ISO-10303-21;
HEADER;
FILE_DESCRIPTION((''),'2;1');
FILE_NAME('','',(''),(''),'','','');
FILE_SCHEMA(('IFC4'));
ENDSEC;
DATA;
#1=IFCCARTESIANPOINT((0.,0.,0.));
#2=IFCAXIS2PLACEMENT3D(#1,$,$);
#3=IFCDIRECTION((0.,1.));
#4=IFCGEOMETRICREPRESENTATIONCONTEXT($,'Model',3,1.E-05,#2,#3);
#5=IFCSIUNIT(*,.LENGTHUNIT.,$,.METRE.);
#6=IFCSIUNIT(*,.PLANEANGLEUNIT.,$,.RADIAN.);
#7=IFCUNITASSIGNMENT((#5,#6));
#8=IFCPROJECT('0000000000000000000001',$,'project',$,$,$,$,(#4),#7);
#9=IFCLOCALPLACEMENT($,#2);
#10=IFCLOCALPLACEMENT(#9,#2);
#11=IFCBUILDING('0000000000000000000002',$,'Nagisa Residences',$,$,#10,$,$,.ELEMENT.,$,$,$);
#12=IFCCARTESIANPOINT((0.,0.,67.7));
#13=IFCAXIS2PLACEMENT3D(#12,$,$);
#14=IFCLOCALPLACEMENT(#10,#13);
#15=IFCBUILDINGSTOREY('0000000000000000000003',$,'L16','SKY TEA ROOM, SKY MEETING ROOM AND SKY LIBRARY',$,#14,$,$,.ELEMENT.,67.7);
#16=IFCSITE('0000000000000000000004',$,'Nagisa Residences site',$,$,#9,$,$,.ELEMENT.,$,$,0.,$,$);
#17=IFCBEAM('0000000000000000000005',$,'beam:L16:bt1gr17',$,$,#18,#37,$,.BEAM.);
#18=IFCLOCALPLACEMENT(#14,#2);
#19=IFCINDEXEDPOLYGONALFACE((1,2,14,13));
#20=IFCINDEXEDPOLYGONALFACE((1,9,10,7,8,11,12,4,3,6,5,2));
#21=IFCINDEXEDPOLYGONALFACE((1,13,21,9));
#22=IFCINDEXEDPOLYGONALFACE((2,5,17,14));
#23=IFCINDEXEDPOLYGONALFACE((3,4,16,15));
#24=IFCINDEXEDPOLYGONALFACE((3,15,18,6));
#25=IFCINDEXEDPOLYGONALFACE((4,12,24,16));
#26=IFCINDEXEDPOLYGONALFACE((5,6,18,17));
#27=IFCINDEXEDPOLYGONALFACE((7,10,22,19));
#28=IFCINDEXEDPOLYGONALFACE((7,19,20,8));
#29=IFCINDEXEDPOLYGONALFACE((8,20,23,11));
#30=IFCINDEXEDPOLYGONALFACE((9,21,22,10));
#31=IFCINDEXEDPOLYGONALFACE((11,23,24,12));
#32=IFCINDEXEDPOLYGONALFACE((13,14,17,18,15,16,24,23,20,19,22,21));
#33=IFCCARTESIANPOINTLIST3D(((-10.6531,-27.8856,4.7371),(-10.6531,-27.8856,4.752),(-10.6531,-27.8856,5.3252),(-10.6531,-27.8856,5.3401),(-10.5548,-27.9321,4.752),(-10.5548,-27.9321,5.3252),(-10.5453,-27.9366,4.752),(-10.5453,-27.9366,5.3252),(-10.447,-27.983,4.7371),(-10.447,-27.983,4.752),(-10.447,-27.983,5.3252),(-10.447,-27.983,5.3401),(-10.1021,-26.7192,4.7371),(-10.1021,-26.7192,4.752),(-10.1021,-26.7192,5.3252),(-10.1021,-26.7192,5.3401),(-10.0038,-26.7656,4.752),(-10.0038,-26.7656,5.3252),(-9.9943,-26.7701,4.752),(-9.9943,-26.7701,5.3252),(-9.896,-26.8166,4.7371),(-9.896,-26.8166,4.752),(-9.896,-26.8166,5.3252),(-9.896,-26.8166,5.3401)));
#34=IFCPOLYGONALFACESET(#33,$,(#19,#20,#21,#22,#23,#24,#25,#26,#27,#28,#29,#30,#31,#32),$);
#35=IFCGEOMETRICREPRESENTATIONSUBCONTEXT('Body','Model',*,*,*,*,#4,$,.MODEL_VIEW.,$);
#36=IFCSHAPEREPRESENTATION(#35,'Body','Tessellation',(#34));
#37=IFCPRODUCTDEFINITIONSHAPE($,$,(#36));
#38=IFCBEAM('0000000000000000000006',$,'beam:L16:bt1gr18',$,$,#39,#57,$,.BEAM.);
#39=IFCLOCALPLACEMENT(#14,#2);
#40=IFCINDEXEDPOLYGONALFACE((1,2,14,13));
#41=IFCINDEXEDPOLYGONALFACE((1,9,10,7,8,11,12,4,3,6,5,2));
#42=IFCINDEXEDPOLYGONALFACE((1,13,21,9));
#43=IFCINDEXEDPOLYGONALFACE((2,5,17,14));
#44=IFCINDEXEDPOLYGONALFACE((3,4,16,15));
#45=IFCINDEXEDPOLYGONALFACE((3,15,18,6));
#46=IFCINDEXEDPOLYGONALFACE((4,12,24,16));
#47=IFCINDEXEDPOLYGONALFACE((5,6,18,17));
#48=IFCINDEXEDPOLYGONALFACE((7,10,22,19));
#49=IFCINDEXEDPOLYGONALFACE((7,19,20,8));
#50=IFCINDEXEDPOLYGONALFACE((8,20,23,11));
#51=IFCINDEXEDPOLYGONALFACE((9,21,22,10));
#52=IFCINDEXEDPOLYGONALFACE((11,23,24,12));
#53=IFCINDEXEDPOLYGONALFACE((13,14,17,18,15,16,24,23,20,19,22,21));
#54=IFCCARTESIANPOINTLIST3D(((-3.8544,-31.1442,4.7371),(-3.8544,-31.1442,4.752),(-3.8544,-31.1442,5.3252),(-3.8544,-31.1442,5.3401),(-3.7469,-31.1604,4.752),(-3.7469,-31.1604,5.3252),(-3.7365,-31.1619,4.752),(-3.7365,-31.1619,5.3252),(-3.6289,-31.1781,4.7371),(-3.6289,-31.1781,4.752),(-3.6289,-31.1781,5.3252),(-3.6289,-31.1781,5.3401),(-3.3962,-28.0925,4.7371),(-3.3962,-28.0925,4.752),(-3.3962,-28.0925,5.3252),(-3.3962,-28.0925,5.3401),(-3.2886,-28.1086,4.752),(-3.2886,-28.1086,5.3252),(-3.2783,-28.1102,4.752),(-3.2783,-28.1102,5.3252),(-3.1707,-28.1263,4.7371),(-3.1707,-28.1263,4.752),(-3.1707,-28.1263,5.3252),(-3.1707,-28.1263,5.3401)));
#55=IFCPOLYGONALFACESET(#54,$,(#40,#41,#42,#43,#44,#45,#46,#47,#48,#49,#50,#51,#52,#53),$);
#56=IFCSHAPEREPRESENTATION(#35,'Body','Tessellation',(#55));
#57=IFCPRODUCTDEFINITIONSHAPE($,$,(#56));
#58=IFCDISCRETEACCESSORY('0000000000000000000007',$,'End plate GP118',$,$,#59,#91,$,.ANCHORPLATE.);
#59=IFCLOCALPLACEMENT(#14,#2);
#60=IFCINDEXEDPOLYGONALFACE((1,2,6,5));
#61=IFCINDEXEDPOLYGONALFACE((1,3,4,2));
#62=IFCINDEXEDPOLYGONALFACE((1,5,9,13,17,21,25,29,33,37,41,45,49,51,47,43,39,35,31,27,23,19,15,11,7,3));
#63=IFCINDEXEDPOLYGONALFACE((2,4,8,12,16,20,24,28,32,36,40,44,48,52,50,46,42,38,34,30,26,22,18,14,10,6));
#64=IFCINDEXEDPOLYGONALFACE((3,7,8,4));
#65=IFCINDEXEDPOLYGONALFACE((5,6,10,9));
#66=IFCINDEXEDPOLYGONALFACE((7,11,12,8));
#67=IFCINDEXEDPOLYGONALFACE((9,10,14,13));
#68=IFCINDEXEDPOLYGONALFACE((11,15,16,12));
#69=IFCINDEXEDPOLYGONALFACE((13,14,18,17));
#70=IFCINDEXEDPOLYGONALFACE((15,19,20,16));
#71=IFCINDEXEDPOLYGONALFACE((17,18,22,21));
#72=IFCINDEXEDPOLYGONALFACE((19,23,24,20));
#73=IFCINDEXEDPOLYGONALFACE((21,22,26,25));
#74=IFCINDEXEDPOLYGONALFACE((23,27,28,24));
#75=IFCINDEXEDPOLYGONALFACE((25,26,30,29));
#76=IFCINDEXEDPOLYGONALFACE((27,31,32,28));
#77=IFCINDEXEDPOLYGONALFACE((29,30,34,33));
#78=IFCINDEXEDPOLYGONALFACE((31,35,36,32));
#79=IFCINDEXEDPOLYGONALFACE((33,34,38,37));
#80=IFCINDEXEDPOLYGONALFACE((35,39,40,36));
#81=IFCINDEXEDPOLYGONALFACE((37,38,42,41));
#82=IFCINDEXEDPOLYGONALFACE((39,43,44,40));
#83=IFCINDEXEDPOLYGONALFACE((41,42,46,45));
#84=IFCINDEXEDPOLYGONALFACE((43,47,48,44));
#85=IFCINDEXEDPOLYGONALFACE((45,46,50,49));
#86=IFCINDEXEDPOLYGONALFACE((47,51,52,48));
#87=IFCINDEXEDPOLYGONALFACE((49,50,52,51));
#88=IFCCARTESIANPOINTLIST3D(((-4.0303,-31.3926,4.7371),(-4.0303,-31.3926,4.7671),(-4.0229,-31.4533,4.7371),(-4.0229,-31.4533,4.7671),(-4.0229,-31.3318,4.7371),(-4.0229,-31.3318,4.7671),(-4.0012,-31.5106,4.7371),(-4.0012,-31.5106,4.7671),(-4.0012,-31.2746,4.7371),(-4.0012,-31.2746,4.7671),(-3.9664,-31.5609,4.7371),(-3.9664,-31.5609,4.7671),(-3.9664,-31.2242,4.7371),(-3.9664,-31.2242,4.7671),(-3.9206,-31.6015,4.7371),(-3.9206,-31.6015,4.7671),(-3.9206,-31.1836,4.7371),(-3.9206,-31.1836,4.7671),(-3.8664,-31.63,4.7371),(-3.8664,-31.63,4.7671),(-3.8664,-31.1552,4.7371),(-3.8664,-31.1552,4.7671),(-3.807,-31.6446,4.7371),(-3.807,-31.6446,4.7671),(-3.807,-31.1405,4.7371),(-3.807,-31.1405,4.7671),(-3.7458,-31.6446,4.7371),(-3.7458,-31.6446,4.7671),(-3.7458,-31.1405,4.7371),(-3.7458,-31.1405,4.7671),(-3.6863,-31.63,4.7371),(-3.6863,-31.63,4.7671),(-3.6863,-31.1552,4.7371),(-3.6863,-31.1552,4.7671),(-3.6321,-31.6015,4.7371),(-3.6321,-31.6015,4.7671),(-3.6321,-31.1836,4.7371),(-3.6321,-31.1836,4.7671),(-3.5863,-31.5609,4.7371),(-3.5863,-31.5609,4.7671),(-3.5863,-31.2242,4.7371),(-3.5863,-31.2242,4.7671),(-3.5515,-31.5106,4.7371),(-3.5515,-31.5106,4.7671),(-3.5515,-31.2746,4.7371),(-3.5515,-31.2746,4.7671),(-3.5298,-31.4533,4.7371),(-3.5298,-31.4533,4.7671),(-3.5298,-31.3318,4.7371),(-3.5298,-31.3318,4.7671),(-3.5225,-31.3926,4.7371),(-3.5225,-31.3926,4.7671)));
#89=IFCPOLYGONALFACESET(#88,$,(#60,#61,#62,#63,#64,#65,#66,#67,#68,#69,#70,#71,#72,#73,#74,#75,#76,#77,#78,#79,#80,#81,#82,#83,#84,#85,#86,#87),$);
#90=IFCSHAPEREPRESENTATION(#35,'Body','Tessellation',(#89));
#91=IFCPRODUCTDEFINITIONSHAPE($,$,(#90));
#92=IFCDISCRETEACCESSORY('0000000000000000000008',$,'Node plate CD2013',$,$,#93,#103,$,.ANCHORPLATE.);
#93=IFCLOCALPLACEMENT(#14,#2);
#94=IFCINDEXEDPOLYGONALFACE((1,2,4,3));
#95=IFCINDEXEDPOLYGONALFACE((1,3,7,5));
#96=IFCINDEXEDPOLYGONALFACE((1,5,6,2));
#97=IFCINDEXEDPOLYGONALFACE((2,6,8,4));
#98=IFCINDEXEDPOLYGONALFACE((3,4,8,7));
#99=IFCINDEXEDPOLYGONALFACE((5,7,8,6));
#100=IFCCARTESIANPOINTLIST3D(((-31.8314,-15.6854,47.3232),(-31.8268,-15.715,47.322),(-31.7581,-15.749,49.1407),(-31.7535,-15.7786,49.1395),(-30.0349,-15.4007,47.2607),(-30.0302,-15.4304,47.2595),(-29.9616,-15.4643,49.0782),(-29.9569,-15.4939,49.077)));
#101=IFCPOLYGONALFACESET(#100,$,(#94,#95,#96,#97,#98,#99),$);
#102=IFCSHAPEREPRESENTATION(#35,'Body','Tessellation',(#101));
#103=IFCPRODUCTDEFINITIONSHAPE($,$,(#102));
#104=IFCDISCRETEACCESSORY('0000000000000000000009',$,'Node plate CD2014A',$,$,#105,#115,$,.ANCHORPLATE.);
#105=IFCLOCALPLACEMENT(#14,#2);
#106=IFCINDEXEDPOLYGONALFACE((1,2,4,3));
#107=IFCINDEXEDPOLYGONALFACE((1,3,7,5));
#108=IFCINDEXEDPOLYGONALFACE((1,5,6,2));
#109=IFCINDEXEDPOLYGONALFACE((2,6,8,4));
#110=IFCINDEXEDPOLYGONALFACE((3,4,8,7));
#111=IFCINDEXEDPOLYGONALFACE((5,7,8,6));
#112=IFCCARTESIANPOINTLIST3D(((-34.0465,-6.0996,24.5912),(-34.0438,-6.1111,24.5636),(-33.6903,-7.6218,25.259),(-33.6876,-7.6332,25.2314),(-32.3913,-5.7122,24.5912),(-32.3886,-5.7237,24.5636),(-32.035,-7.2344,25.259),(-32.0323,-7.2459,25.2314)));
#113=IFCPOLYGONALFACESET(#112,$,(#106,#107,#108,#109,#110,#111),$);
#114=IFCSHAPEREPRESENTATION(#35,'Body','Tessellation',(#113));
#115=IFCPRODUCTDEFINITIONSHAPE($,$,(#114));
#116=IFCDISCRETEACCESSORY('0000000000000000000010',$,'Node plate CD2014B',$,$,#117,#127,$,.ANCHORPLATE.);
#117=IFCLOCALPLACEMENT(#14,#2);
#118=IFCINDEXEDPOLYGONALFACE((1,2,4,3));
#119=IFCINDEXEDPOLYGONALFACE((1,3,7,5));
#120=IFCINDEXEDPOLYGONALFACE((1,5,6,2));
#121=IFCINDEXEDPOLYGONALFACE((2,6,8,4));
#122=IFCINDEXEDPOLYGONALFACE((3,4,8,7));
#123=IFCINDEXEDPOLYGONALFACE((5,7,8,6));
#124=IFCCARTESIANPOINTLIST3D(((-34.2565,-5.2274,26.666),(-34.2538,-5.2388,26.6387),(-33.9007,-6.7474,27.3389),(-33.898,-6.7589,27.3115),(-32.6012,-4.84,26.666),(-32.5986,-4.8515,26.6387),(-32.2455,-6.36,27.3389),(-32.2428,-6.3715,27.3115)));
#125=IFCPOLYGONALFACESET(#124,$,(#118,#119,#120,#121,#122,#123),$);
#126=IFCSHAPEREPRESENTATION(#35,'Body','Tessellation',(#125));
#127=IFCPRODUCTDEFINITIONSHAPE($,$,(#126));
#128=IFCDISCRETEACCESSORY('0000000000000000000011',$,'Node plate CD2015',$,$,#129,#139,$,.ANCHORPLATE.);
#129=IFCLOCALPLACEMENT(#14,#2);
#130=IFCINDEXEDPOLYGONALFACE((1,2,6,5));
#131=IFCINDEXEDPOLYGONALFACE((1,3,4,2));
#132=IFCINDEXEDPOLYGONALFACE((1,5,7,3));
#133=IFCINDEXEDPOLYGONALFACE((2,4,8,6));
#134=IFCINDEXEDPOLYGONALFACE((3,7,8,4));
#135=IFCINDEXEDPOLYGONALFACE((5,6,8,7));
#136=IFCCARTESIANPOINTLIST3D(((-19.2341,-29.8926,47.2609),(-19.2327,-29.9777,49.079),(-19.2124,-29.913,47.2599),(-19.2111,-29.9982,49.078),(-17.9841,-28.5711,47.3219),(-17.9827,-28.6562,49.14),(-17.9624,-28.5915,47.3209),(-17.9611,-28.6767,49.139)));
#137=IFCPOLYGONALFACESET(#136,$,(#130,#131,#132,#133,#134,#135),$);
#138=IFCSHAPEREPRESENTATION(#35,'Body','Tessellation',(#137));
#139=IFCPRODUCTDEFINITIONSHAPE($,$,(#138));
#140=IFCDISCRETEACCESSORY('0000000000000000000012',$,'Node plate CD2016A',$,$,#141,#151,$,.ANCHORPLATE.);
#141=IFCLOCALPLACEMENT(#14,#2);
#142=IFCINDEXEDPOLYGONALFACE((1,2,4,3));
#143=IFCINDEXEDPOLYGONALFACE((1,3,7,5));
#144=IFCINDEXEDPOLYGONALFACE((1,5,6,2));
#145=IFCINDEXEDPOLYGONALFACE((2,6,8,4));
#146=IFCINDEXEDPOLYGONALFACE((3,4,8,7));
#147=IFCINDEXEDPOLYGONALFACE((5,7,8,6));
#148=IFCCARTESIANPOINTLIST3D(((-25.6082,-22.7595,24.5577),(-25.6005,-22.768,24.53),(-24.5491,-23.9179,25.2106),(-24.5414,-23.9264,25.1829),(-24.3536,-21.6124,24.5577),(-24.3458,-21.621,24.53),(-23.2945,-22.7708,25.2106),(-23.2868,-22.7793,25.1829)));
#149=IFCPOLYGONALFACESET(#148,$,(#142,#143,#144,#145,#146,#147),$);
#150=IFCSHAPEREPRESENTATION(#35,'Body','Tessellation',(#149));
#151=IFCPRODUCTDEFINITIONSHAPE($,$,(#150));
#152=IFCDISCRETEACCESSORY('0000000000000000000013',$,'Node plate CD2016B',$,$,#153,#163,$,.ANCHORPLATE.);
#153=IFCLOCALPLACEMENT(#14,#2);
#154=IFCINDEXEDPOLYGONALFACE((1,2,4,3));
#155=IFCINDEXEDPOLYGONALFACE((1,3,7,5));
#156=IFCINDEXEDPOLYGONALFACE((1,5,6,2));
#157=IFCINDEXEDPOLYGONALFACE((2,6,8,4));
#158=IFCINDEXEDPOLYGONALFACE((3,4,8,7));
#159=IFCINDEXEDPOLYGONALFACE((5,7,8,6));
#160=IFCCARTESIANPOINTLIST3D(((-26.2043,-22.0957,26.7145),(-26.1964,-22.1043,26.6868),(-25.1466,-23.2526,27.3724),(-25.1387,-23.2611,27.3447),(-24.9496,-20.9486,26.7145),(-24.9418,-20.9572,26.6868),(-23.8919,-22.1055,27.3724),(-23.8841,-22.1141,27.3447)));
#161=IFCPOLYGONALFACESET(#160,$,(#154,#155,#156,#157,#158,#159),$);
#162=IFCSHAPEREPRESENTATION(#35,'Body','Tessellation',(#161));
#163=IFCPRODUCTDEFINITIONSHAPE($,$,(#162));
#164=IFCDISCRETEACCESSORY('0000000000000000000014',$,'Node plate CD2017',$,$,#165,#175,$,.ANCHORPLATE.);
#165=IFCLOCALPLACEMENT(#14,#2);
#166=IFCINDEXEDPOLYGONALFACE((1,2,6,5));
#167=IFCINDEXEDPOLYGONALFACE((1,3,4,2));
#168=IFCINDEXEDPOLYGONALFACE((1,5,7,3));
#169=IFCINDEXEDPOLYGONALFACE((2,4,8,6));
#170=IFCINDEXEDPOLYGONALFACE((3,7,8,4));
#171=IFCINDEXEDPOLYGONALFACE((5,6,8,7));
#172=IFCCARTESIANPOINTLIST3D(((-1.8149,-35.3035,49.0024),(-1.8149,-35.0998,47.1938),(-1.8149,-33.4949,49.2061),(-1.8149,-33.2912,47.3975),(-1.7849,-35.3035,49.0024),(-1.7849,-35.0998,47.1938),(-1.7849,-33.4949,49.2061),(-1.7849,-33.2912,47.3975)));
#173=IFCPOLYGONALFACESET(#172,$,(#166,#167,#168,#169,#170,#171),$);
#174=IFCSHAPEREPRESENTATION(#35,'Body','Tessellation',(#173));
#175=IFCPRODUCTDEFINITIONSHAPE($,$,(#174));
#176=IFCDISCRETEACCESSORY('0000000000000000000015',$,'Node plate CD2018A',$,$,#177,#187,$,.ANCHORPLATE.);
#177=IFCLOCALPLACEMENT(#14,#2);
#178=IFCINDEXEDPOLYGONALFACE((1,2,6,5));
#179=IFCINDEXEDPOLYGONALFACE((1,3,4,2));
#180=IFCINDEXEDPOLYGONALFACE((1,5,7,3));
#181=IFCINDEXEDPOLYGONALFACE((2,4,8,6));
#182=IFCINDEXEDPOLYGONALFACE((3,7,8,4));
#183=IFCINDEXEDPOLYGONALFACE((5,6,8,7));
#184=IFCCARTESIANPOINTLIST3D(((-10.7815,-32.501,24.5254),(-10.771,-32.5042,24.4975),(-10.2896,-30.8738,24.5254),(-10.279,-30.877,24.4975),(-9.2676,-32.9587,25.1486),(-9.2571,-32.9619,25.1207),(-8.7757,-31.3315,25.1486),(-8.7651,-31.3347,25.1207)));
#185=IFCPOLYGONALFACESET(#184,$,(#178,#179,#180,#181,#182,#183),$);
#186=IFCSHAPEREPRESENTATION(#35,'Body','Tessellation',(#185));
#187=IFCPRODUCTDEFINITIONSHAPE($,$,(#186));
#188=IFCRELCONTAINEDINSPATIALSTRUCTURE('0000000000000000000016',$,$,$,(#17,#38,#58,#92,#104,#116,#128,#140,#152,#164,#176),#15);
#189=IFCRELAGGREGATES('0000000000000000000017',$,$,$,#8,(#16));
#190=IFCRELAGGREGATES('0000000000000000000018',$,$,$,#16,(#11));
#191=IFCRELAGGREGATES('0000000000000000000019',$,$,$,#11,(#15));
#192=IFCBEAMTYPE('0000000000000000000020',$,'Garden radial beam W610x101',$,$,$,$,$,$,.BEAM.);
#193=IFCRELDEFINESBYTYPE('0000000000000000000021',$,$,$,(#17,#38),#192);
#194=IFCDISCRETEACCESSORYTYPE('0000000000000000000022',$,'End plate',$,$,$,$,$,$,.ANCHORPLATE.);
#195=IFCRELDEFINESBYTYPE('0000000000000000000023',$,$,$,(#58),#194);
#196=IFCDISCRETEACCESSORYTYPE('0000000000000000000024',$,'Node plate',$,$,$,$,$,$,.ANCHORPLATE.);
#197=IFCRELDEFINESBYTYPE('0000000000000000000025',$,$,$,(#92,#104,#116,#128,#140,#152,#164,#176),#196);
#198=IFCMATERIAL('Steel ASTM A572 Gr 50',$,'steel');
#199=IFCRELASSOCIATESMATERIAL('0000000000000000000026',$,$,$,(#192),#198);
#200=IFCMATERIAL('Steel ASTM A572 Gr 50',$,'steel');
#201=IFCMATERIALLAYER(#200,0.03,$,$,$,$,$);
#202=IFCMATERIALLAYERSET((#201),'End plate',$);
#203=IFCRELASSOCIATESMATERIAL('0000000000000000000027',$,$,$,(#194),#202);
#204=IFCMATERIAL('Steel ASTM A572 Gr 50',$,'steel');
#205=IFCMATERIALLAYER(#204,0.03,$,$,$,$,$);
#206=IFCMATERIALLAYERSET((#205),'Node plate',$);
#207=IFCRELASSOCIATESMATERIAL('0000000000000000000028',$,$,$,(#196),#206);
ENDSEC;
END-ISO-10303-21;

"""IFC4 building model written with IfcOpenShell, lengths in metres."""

from ifc_helpers import new_model, si_unit, direction, frame, origin, origin_2d, place, context, subcontext, project, spatial, rectangle, circle, i_section, extrude, material, layer, layer_set, material_profile, profile_set, type_object, element, save


model = new_model("IFC4")

# Units and contexts
model_context = context("Model", 3, precision=1e-05, world=origin(), true_north=direction((0.0, 1.0)))
body_context = subcontext(model_context, "Body", "Model", "MODEL_VIEW")
ifc_project = project(units=[si_unit("LENGTHUNIT", "METRE"), si_unit("PLANEANGLEUNIT", "RADIAN")], contexts=[model_context])

# Site, building, storey
site_placement = place(None, origin())
site = spatial("IfcSite", under=ifc_project, at=site_placement, Name="Nagisa Residences site", CompositionType="ELEMENT", RefElevation=0.0)
building_placement = place(site_placement, origin())
building = spatial("IfcBuilding", under=site, at=building_placement, Name="Nagisa Residences", CompositionType="ELEMENT")
storey_placement = place(building_placement, frame((0.0, 0.0, 67.7)))
storey = spatial("IfcBuildingStorey", under=building, at=storey_placement, Name="L16", Description="SKY TEA ROOM, SKY MEETING ROOM AND SKY LIBRARY", CompositionType="ELEMENT", Elevation=67.7)

# Beams
ifc_material_1 = material(Name="Steel ASTM A572 Gr 50", Category="steel")
ifc_material_profile_1 = material_profile(ifc_material_1, i_section(OverallWidth=0.228, OverallDepth=0.603, WebThickness=0.0105, FlangeThickness=0.0149, at=origin_2d()), Name="W610x101")
ifc_profile_set_1 = profile_set([ifc_material_profile_1], Name="Steel ASTM A572 Gr 50")
beam_type_1 = type_object("IfcBeamType", Name="Garden radial beam W610x101", PredefinedType="BEAM", material=ifc_profile_set_1)
beam_1_placement = place(storey_placement, frame((-10.55, -27.9343, 5.0386), z_axis=(0.427118, 0.904196, 0.0), x_axis=(-0.904196, 0.427118, 0.0)))
element("IfcBeam", 1, at=beam_1_placement, inside=storey, type_object=beam_type_1, Name="beam:L16:bt1gr17", PredefinedType="BEAM", context=body_context, shape_type="SweptSolid", body=[
    extrude(i_section(OverallWidth=0.228, OverallDepth=0.603, WebThickness=0.0105, FlangeThickness=0.0149, at=origin_2d()), origin(), (0.0, 0.0, 1.0), 1.29),
])
beam_2_placement = place(storey_placement, frame((-3.7417, -31.1611, 5.0386), z_axis=(0.148495, 0.988913, 0.0), x_axis=(-0.988913, 0.148495, 0.0)))
element("IfcBeam", 2, at=beam_2_placement, inside=storey, type_object=beam_type_1, Name="beam:L16:bt1gr18", PredefinedType="BEAM", context=body_context, shape_type="SweptSolid", body=[
    extrude(i_section(OverallWidth=0.228, OverallDepth=0.603, WebThickness=0.0105, FlangeThickness=0.0149, at=origin_2d()), origin(), (0.0, 0.0, 1.0), 3.0859),
])

# Discrete accessories
ifc_material_2 = material(Name="Steel ASTM A572 Gr 50", Category="steel")
ifc_layer_1 = layer(ifc_material_2, 0.03)
ifc_layer_set_1 = layer_set([ifc_layer_1], Name="End plate")
discrete_accessory_type_1 = type_object("IfcDiscreteAccessoryType", Name="End plate", PredefinedType="ANCHORPLATE", material=ifc_layer_set_1)
discrete_accessory_1_placement = place(storey_placement, frame((-3.7764, -31.3926, 4.7371), z_axis=(0.0, 0.0, 1.0), x_axis=(1.0, 0.0, 0.0)))
element("IfcDiscreteAccessory", 3, at=discrete_accessory_1_placement, inside=storey, type_object=discrete_accessory_type_1, Name="End plate GP118", PredefinedType="ANCHORPLATE", context=body_context, shape_type="SweptSolid", body=[
    extrude(circle(Radius=0.2539, at=origin_2d()), origin(), (0.0, 0.0, 1.0), 0.03),
])
ifc_material_3 = material(Name="Steel ASTM A572 Gr 50", Category="steel")
ifc_layer_2 = layer(ifc_material_3, 0.03)
ifc_layer_set_2 = layer_set([ifc_layer_2], Name="Node plate")
discrete_accessory_type_2 = type_object("IfcDiscreteAccessoryType", Name="Node plate", PredefinedType="ANCHORPLATE", material=ifc_layer_set_2)
discrete_accessory_2_placement = place(storey_placement, frame((-30.8918, -15.6045, 48.1995), z_axis=(-0.154995, 0.987073, 0.040788), x_axis=(-0.040278, 0.034939, -0.998577)))
element("IfcDiscreteAccessory", 4, at=discrete_accessory_2_placement, inside=storey, type_object=discrete_accessory_type_2, Name="Node plate CD2013", PredefinedType="ANCHORPLATE", context=body_context, shape_type="SweptSolid", body=[
    extrude(rectangle(XDim=1.8201, YDim=1.8201, at=origin_2d()), origin(), (0.0, 0.0, 1.0), 0.03),
])
discrete_accessory_3_placement = place(storey_placement, frame((-33.0381, -6.6785, 24.8975), z_axis=(-0.08952, 0.382493, 0.919611), x_axis=(-0.973688, -0.227884, 0.0)))
element("IfcDiscreteAccessory", 5, at=discrete_accessory_3_placement, inside=storey, type_object=discrete_accessory_type_2, Name="Node plate CD2014A", PredefinedType="ANCHORPLATE", context=body_context, shape_type="SweptSolid", body=[
    extrude(rectangle(XDim=1.7, YDim=1.7, at=origin_2d()), origin(), (0.0, 0.0, 1.0), 0.03),
])
discrete_accessory_4_placement = place(storey_placement, frame((-33.251, -5.7937, 27.0024), z_axis=(0.090194, -0.385375, -0.918341), x_axis=(0.973688, 0.227884, 0.0)))
element("IfcDiscreteAccessory", 6, at=discrete_accessory_4_placement, inside=storey, type_object=discrete_accessory_type_2, Name="Node plate CD2014B", PredefinedType="ANCHORPLATE", context=body_context, shape_type="SweptSolid", body=[
    extrude(rectangle(XDim=1.7, YDim=1.7, at=origin_2d()), origin(), (0.0, 0.0, 1.0), 0.0298),
])
discrete_accessory_5_placement = place(storey_placement, frame((-18.6084, -29.2744, 48.2004), z_axis=(0.726852, -0.686017, -0.032667), x_axis=(-0.00074, 0.046783, -0.998905)))
element("IfcDiscreteAccessory", 7, at=discrete_accessory_5_placement, inside=storey, type_object=discrete_accessory_type_2, Name="Node plate CD2015", PredefinedType="ANCHORPLATE", context=body_context, shape_type="SweptSolid", body=[
    extrude(rectangle(XDim=1.8201, YDim=1.8201, at=origin_2d()), origin(), (0.0, 0.0, 1.0), 0.0298),
])
for number, where, z_axis, x_axis, name in (
    (8, (-24.4436, -22.7737, 24.8564), (-0.259171, 0.283468, 0.923296), (-0.738029, -0.674769, 0.0), "Node plate CD2016A"),
    (9, (-25.0481, -22.1006, 27.0435), (0.261122, -0.285602, -0.922088), (0.738029, 0.674769, 0.0), "Node plate CD2016B"),
):
    element("IfcDiscreteAccessory", number, at=place(storey_placement, frame(where, z_axis=z_axis, x_axis=x_axis)), inside=storey, type_object=discrete_accessory_type_2, Name=name, PredefinedType="ANCHORPLATE", context=body_context, shape_type="SweptSolid", body=[
        extrude(rectangle(XDim=1.7, YDim=1.7, at=origin_2d()), origin(), (0.0, 0.0, 1.0), 0.03),
    ])
discrete_accessory_6_placement = place(storey_placement, frame((-1.8149, -34.2974, 48.2), z_axis=(1.0, 0.0, 0.0), x_axis=(0.0, 0.111936, -0.993715)))
element("IfcDiscreteAccessory", 10, at=discrete_accessory_6_placement, inside=storey, type_object=discrete_accessory_type_2, Name="Node plate CD2017", PredefinedType="ANCHORPLATE", context=body_context, shape_type="SweptSolid", body=[
    extrude(rectangle(XDim=1.8201, YDim=1.8201, at=origin_2d()), origin(), (0.0, 0.0, 1.0), 0.03),
])
for number, where, z_axis, x_axis, name in (
    (11, (-9.7681, -31.9194, 24.8091), (-0.35093, 0.106095, 0.930372), (-0.28939, -0.957211, 0.0), "Node plate CD2018A"),
):
    element("IfcDiscreteAccessory", number, at=place(storey_placement, frame(where, z_axis=z_axis, x_axis=x_axis)), inside=storey, type_object=discrete_accessory_type_2, Name=name, PredefinedType="ANCHORPLATE", context=body_context, shape_type="SweptSolid", body=[
        extrude(rectangle(XDim=1.7, YDim=1.7, at=origin_2d()), origin(), (0.0, 0.0, 1.0), 0.03),
    ])

save(model, "model.ifc")
